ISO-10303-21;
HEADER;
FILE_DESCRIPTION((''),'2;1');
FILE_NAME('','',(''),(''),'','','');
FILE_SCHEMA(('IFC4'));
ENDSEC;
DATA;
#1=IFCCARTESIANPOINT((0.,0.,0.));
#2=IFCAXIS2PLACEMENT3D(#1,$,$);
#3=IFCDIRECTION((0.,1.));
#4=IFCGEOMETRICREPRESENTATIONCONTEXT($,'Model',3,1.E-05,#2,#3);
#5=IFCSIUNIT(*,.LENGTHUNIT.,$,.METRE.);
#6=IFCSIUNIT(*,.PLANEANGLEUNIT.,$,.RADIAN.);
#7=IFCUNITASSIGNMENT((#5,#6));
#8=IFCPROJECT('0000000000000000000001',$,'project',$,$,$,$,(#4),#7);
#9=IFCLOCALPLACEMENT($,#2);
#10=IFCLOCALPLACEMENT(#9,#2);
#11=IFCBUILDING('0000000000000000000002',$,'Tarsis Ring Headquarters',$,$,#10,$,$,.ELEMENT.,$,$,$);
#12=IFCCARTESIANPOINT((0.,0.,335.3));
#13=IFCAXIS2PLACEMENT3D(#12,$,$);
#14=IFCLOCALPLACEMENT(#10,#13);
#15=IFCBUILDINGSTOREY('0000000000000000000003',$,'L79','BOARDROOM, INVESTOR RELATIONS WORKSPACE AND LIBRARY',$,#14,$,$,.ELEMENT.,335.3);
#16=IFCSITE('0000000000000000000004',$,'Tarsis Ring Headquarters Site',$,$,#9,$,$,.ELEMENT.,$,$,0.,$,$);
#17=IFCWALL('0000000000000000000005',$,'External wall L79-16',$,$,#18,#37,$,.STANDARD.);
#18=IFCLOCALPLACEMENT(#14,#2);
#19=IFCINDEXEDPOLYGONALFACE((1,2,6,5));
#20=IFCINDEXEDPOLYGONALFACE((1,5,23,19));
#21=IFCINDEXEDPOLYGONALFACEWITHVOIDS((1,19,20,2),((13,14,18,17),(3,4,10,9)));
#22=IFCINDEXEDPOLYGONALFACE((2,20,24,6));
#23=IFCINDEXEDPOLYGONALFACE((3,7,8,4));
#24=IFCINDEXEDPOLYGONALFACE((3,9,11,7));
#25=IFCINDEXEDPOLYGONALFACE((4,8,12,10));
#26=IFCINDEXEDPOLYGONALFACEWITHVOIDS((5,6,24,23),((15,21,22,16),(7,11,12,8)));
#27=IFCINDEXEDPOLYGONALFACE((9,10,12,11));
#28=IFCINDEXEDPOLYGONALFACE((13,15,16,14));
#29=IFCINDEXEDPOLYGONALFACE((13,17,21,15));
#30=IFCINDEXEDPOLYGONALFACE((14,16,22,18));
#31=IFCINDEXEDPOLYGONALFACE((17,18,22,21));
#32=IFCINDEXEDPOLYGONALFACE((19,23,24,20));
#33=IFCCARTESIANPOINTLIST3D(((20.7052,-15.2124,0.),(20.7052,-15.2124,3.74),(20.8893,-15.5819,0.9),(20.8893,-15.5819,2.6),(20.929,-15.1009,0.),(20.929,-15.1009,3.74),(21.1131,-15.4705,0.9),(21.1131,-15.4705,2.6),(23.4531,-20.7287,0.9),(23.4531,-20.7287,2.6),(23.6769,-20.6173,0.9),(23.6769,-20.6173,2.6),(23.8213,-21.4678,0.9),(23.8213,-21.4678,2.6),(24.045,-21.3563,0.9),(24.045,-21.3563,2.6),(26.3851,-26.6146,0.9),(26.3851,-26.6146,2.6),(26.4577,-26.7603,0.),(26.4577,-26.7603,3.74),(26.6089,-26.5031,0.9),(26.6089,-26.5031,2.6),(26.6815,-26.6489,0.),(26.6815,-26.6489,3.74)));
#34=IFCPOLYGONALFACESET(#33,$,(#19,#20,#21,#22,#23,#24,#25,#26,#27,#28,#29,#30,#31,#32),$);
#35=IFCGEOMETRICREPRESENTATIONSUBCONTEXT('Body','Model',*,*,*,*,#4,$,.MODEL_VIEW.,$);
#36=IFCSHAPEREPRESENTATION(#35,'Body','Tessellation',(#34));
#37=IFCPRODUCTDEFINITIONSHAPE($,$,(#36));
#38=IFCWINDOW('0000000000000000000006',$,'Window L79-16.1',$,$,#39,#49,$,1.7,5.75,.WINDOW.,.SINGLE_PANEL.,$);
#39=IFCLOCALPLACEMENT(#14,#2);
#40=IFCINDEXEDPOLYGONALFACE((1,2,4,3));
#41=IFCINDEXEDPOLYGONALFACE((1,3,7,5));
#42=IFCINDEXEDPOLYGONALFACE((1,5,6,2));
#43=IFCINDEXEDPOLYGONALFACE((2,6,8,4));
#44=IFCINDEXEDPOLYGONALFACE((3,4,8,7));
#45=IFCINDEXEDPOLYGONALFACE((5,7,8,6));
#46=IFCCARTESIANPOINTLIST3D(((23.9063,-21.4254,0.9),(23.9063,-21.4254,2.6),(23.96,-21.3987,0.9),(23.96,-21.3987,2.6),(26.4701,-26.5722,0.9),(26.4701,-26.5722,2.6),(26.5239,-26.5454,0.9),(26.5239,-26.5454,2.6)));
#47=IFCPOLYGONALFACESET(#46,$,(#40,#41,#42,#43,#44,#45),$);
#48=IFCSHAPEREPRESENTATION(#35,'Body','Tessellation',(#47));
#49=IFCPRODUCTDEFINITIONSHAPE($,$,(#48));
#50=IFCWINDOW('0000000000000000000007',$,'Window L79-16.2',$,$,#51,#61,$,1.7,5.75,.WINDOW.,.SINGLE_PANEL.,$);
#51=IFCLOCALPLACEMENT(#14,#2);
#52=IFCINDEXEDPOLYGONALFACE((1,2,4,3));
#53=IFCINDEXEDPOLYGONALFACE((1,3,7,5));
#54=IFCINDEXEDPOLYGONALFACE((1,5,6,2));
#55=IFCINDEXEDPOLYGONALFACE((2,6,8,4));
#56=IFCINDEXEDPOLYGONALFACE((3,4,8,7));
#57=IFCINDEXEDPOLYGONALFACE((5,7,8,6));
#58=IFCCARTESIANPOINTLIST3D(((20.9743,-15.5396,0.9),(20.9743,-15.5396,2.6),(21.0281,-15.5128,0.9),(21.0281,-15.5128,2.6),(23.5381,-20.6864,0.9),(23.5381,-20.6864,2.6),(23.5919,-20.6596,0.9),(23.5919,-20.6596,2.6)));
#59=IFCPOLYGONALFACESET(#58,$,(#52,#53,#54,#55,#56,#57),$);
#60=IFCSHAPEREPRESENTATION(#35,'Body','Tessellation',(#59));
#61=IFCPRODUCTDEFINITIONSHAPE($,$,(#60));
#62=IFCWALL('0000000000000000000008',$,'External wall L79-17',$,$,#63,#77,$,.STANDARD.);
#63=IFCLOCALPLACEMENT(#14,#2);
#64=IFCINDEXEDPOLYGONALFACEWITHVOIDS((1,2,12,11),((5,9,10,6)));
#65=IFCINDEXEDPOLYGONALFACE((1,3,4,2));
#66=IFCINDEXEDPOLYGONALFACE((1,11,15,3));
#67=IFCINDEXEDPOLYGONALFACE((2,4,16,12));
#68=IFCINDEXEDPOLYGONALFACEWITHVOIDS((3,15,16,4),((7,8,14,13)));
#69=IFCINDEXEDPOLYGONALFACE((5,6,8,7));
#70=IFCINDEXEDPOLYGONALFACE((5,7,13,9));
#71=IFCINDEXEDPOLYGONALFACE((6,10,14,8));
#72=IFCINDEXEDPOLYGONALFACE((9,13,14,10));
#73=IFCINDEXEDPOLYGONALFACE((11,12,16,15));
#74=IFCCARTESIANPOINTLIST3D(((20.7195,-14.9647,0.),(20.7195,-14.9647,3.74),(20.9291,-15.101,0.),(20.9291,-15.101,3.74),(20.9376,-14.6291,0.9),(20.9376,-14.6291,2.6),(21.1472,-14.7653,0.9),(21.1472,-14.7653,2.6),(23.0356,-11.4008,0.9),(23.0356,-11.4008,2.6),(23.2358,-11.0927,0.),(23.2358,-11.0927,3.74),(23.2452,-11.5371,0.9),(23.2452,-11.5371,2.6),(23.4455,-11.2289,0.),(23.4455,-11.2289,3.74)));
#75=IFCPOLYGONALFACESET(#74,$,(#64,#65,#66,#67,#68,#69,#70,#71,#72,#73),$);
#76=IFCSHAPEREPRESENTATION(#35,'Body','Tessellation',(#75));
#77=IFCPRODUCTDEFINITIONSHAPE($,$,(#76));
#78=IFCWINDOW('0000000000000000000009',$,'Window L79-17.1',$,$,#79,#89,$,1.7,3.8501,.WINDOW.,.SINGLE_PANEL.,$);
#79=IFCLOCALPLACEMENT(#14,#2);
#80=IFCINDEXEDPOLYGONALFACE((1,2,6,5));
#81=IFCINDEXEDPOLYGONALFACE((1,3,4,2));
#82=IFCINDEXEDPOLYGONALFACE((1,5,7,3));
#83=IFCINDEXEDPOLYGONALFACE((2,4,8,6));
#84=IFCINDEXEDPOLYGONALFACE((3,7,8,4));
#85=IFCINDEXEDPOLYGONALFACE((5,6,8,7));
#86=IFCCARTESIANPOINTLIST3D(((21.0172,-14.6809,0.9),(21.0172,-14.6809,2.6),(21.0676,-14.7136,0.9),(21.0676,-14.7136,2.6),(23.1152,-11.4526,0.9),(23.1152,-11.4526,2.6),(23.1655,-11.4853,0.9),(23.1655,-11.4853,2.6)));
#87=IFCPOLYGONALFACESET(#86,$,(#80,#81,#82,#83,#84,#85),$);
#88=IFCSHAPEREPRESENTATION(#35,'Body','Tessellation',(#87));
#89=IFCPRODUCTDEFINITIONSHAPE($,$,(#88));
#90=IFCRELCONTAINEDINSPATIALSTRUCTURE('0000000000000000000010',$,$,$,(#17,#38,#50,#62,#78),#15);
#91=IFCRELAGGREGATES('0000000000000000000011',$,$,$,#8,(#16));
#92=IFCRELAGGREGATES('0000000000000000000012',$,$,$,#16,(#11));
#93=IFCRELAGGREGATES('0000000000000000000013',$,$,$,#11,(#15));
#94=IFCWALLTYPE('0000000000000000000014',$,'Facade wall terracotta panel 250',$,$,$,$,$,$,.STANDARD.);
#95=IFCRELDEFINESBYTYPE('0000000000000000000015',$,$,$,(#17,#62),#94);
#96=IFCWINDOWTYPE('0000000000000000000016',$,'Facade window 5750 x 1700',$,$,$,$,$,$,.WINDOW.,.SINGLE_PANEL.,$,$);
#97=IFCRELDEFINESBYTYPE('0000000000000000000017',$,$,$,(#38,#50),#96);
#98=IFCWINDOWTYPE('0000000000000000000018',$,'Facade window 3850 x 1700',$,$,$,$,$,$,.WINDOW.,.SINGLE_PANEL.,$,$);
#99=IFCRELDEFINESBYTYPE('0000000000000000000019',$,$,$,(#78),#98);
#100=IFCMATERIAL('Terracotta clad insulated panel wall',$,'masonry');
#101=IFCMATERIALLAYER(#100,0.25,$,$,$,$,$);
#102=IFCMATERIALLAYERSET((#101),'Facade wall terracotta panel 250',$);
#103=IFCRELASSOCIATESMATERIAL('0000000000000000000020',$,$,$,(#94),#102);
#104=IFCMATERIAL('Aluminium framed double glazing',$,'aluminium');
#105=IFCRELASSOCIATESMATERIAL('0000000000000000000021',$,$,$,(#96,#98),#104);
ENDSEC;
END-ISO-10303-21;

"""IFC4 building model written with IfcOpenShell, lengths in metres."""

from ifc_helpers import new_model, si_unit, direction, frame, frame_2d, origin, place, context, subcontext, project, spatial, rectangle, extrude, material, layer, layer_set, type_object, element, fill, save


model = new_model("IFC4")

# Units and contexts
model_context = context("Model", 3, precision=1e-05, world=origin(), true_north=direction((0.0, 1.0)))
body_context = subcontext(model_context, "Body", "Model", "MODEL_VIEW")
ifc_project = project(units=[si_unit("LENGTHUNIT", "METRE"), si_unit("PLANEANGLEUNIT", "RADIAN")], contexts=[model_context])

# Site, building, storey
site_placement = place(None, origin())
site = spatial("IfcSite", under=ifc_project, at=site_placement, Name="Tarsis Ring Headquarters Site", CompositionType="ELEMENT", RefElevation=0.0)
building_placement = place(site_placement, origin())
building = spatial("IfcBuilding", under=site, at=building_placement, Name="Tarsis Ring Headquarters", CompositionType="ELEMENT")
storey_placement = place(building_placement, frame((0.0, 0.0, 335.3)))
storey = spatial("IfcBuildingStorey", under=building, at=storey_placement, Name="L79", Description="BOARDROOM, INVESTOR RELATIONS WORKSPACE AND LIBRARY", CompositionType="ELEMENT", Elevation=335.3)

# Shared definitions
ifc_material_1 = material(Name="Terracotta clad insulated panel wall", Category="masonry")
ifc_layer_1 = layer(ifc_material_1, 0.25)
ifc_layer_set_1 = layer_set([ifc_layer_1], Name="Facade wall terracotta panel 250")
wall_type_1 = type_object("IfcWallType", Name="Facade wall terracotta panel 250", PredefinedType="STANDARD", material=ifc_layer_set_1)

# Wall, openings, windows
wall_1_placement = place(storey_placement, frame((26.5696, -26.7046, 0.0), z_axis=(0.0, 0.0, 1.0), x_axis=(-0.445881, 0.895092, 0.0)))
wall_1 = element("IfcWall", 1, at=wall_1_placement, inside=storey, type_object=wall_type_1, Name="External wall L79-16", PredefinedType="STANDARD", context=body_context, shape_type="SweptSolid", body=[
    extrude(rectangle(XDim=12.9014, YDim=0.25, at=frame_2d((6.4507, 0.0))), origin(), (0.0, 0.0, 1.0), 3.74),
])
opening_1_placement = place(wall_1_placement, frame((0.1628, 0.0, 0.8999)))
opening_1 = element("IfcOpeningElement", 2, at=opening_1_placement, cuts=wall_1, PredefinedType="OPENING", context=body_context, shape_type="SweptSolid", body=[
    extrude(rectangle(XDim=5.75, YDim=1.7, at=frame_2d((2.875, 0.8501))), frame((0.0, 0.135, 0.0), z_axis=(0.0, -1.0, 0.0), x_axis=(1.0, 0.0, 0.0)), (0.0, 0.0, 1.0), 0.27),
])
opening_2_placement = place(wall_1_placement, frame((6.7385, 0.0, 0.8999)))
opening_2 = element("IfcOpeningElement", 3, at=opening_2_placement, cuts=wall_1, PredefinedType="OPENING", context=body_context, shape_type="SweptSolid", body=[
    extrude(rectangle(XDim=5.75, YDim=1.7, at=frame_2d((2.875, 0.8501))), frame((0.0, 0.135, 0.0), z_axis=(0.0, -1.0, 0.0), x_axis=(1.0, 0.0, 0.0)), (0.0, 0.0, 1.0), 0.27),
])
ifc_material_2 = material(Name="Aluminium framed double glazing", Category="aluminium")
window_type_1 = type_object("IfcWindowType", Name="Facade window 5750 x 1700", PartitioningType="SINGLE_PANEL", PredefinedType="WINDOW", material=ifc_material_2)
window_1_placement = place(opening_1_placement, origin())
window_1 = element("IfcWindow", 4, at=window_1_placement, inside=storey, type_object=window_type_1, Name="Window L79-16.1", OverallHeight=1.7, OverallWidth=5.75, PartitioningType="SINGLE_PANEL", PredefinedType="WINDOW", context=body_context, shape_type="SweptSolid", body=[
    extrude(rectangle(XDim=5.75, YDim=1.7, at=frame_2d((2.875, 0.8501))), frame((0.0, 0.03, 0.0), z_axis=(0.0, -1.0, 0.0), x_axis=(1.0, 0.0, 0.0)), (0.0, 0.0, 1.0), 0.0601),
])
fill(opening_1, window_1)
window_2_placement = place(opening_2_placement, origin())
window_2 = element("IfcWindow", 5, at=window_2_placement, inside=storey, type_object=window_type_1, Name="Window L79-16.2", OverallHeight=1.7, OverallWidth=5.75, PartitioningType="SINGLE_PANEL", PredefinedType="WINDOW", context=body_context, shape_type="SweptSolid", body=[
    extrude(rectangle(XDim=5.75, YDim=1.7, at=frame_2d((2.875, 0.8501))), frame((0.0, 0.03, 0.0), z_axis=(0.0, -1.0, 0.0), x_axis=(1.0, 0.0, 0.0)), (0.0, 0.0, 1.0), 0.0601),
])
fill(opening_2, window_2)

# Wall, opening, window
wall_2_placement = place(storey_placement, frame((20.8242, -15.033, 0.0), z_axis=(0.0, 0.0, 1.0), x_axis=(0.544914, 0.838492, 0.0)))
wall_2 = element("IfcWall", 6, at=wall_2_placement, inside=storey, type_object=wall_type_1, Name="External wall L79-17", PredefinedType="STANDARD", context=body_context, shape_type="SweptSolid", body=[
    extrude(rectangle(XDim=4.6179, YDim=0.25, at=frame_2d((2.3091, 0.0))), origin(), (0.0, 0.0, 1.0), 3.74),
])
opening_3_placement = place(wall_2_placement, frame((0.4004, 0.0, 0.8999)))
opening_3 = element("IfcOpeningElement", 7, at=opening_3_placement, cuts=wall_2, PredefinedType="OPENING", context=body_context, shape_type="SweptSolid", body=[
    extrude(rectangle(XDim=3.8501, YDim=1.7, at=frame_2d((1.925, 0.8501))), frame((0.0, 0.135, 0.0), z_axis=(0.0, -1.0, 0.0), x_axis=(1.0, 0.0, 0.0)), (0.0, 0.0, 1.0), 0.27),
])
window_type_2 = type_object("IfcWindowType", Name="Facade window 3850 x 1700", PartitioningType="SINGLE_PANEL", PredefinedType="WINDOW", material=ifc_material_2)
window_3_placement = place(opening_3_placement, origin())
window_3 = element("IfcWindow", 8, at=window_3_placement, inside=storey, type_object=window_type_2, Name="Window L79-17.1", OverallHeight=1.7, OverallWidth=3.8501, PartitioningType="SINGLE_PANEL", PredefinedType="WINDOW", context=body_context, shape_type="SweptSolid", body=[
    extrude(rectangle(XDim=3.8501, YDim=1.7, at=frame_2d((1.925, 0.8501))), frame((0.0, 0.03, 0.0), z_axis=(0.0, -1.0, 0.0), x_axis=(1.0, 0.0, 0.0)), (0.0, 0.0, 1.0), 0.0601),
])
fill(opening_3, window_3)

save(model, "model.ifc")
